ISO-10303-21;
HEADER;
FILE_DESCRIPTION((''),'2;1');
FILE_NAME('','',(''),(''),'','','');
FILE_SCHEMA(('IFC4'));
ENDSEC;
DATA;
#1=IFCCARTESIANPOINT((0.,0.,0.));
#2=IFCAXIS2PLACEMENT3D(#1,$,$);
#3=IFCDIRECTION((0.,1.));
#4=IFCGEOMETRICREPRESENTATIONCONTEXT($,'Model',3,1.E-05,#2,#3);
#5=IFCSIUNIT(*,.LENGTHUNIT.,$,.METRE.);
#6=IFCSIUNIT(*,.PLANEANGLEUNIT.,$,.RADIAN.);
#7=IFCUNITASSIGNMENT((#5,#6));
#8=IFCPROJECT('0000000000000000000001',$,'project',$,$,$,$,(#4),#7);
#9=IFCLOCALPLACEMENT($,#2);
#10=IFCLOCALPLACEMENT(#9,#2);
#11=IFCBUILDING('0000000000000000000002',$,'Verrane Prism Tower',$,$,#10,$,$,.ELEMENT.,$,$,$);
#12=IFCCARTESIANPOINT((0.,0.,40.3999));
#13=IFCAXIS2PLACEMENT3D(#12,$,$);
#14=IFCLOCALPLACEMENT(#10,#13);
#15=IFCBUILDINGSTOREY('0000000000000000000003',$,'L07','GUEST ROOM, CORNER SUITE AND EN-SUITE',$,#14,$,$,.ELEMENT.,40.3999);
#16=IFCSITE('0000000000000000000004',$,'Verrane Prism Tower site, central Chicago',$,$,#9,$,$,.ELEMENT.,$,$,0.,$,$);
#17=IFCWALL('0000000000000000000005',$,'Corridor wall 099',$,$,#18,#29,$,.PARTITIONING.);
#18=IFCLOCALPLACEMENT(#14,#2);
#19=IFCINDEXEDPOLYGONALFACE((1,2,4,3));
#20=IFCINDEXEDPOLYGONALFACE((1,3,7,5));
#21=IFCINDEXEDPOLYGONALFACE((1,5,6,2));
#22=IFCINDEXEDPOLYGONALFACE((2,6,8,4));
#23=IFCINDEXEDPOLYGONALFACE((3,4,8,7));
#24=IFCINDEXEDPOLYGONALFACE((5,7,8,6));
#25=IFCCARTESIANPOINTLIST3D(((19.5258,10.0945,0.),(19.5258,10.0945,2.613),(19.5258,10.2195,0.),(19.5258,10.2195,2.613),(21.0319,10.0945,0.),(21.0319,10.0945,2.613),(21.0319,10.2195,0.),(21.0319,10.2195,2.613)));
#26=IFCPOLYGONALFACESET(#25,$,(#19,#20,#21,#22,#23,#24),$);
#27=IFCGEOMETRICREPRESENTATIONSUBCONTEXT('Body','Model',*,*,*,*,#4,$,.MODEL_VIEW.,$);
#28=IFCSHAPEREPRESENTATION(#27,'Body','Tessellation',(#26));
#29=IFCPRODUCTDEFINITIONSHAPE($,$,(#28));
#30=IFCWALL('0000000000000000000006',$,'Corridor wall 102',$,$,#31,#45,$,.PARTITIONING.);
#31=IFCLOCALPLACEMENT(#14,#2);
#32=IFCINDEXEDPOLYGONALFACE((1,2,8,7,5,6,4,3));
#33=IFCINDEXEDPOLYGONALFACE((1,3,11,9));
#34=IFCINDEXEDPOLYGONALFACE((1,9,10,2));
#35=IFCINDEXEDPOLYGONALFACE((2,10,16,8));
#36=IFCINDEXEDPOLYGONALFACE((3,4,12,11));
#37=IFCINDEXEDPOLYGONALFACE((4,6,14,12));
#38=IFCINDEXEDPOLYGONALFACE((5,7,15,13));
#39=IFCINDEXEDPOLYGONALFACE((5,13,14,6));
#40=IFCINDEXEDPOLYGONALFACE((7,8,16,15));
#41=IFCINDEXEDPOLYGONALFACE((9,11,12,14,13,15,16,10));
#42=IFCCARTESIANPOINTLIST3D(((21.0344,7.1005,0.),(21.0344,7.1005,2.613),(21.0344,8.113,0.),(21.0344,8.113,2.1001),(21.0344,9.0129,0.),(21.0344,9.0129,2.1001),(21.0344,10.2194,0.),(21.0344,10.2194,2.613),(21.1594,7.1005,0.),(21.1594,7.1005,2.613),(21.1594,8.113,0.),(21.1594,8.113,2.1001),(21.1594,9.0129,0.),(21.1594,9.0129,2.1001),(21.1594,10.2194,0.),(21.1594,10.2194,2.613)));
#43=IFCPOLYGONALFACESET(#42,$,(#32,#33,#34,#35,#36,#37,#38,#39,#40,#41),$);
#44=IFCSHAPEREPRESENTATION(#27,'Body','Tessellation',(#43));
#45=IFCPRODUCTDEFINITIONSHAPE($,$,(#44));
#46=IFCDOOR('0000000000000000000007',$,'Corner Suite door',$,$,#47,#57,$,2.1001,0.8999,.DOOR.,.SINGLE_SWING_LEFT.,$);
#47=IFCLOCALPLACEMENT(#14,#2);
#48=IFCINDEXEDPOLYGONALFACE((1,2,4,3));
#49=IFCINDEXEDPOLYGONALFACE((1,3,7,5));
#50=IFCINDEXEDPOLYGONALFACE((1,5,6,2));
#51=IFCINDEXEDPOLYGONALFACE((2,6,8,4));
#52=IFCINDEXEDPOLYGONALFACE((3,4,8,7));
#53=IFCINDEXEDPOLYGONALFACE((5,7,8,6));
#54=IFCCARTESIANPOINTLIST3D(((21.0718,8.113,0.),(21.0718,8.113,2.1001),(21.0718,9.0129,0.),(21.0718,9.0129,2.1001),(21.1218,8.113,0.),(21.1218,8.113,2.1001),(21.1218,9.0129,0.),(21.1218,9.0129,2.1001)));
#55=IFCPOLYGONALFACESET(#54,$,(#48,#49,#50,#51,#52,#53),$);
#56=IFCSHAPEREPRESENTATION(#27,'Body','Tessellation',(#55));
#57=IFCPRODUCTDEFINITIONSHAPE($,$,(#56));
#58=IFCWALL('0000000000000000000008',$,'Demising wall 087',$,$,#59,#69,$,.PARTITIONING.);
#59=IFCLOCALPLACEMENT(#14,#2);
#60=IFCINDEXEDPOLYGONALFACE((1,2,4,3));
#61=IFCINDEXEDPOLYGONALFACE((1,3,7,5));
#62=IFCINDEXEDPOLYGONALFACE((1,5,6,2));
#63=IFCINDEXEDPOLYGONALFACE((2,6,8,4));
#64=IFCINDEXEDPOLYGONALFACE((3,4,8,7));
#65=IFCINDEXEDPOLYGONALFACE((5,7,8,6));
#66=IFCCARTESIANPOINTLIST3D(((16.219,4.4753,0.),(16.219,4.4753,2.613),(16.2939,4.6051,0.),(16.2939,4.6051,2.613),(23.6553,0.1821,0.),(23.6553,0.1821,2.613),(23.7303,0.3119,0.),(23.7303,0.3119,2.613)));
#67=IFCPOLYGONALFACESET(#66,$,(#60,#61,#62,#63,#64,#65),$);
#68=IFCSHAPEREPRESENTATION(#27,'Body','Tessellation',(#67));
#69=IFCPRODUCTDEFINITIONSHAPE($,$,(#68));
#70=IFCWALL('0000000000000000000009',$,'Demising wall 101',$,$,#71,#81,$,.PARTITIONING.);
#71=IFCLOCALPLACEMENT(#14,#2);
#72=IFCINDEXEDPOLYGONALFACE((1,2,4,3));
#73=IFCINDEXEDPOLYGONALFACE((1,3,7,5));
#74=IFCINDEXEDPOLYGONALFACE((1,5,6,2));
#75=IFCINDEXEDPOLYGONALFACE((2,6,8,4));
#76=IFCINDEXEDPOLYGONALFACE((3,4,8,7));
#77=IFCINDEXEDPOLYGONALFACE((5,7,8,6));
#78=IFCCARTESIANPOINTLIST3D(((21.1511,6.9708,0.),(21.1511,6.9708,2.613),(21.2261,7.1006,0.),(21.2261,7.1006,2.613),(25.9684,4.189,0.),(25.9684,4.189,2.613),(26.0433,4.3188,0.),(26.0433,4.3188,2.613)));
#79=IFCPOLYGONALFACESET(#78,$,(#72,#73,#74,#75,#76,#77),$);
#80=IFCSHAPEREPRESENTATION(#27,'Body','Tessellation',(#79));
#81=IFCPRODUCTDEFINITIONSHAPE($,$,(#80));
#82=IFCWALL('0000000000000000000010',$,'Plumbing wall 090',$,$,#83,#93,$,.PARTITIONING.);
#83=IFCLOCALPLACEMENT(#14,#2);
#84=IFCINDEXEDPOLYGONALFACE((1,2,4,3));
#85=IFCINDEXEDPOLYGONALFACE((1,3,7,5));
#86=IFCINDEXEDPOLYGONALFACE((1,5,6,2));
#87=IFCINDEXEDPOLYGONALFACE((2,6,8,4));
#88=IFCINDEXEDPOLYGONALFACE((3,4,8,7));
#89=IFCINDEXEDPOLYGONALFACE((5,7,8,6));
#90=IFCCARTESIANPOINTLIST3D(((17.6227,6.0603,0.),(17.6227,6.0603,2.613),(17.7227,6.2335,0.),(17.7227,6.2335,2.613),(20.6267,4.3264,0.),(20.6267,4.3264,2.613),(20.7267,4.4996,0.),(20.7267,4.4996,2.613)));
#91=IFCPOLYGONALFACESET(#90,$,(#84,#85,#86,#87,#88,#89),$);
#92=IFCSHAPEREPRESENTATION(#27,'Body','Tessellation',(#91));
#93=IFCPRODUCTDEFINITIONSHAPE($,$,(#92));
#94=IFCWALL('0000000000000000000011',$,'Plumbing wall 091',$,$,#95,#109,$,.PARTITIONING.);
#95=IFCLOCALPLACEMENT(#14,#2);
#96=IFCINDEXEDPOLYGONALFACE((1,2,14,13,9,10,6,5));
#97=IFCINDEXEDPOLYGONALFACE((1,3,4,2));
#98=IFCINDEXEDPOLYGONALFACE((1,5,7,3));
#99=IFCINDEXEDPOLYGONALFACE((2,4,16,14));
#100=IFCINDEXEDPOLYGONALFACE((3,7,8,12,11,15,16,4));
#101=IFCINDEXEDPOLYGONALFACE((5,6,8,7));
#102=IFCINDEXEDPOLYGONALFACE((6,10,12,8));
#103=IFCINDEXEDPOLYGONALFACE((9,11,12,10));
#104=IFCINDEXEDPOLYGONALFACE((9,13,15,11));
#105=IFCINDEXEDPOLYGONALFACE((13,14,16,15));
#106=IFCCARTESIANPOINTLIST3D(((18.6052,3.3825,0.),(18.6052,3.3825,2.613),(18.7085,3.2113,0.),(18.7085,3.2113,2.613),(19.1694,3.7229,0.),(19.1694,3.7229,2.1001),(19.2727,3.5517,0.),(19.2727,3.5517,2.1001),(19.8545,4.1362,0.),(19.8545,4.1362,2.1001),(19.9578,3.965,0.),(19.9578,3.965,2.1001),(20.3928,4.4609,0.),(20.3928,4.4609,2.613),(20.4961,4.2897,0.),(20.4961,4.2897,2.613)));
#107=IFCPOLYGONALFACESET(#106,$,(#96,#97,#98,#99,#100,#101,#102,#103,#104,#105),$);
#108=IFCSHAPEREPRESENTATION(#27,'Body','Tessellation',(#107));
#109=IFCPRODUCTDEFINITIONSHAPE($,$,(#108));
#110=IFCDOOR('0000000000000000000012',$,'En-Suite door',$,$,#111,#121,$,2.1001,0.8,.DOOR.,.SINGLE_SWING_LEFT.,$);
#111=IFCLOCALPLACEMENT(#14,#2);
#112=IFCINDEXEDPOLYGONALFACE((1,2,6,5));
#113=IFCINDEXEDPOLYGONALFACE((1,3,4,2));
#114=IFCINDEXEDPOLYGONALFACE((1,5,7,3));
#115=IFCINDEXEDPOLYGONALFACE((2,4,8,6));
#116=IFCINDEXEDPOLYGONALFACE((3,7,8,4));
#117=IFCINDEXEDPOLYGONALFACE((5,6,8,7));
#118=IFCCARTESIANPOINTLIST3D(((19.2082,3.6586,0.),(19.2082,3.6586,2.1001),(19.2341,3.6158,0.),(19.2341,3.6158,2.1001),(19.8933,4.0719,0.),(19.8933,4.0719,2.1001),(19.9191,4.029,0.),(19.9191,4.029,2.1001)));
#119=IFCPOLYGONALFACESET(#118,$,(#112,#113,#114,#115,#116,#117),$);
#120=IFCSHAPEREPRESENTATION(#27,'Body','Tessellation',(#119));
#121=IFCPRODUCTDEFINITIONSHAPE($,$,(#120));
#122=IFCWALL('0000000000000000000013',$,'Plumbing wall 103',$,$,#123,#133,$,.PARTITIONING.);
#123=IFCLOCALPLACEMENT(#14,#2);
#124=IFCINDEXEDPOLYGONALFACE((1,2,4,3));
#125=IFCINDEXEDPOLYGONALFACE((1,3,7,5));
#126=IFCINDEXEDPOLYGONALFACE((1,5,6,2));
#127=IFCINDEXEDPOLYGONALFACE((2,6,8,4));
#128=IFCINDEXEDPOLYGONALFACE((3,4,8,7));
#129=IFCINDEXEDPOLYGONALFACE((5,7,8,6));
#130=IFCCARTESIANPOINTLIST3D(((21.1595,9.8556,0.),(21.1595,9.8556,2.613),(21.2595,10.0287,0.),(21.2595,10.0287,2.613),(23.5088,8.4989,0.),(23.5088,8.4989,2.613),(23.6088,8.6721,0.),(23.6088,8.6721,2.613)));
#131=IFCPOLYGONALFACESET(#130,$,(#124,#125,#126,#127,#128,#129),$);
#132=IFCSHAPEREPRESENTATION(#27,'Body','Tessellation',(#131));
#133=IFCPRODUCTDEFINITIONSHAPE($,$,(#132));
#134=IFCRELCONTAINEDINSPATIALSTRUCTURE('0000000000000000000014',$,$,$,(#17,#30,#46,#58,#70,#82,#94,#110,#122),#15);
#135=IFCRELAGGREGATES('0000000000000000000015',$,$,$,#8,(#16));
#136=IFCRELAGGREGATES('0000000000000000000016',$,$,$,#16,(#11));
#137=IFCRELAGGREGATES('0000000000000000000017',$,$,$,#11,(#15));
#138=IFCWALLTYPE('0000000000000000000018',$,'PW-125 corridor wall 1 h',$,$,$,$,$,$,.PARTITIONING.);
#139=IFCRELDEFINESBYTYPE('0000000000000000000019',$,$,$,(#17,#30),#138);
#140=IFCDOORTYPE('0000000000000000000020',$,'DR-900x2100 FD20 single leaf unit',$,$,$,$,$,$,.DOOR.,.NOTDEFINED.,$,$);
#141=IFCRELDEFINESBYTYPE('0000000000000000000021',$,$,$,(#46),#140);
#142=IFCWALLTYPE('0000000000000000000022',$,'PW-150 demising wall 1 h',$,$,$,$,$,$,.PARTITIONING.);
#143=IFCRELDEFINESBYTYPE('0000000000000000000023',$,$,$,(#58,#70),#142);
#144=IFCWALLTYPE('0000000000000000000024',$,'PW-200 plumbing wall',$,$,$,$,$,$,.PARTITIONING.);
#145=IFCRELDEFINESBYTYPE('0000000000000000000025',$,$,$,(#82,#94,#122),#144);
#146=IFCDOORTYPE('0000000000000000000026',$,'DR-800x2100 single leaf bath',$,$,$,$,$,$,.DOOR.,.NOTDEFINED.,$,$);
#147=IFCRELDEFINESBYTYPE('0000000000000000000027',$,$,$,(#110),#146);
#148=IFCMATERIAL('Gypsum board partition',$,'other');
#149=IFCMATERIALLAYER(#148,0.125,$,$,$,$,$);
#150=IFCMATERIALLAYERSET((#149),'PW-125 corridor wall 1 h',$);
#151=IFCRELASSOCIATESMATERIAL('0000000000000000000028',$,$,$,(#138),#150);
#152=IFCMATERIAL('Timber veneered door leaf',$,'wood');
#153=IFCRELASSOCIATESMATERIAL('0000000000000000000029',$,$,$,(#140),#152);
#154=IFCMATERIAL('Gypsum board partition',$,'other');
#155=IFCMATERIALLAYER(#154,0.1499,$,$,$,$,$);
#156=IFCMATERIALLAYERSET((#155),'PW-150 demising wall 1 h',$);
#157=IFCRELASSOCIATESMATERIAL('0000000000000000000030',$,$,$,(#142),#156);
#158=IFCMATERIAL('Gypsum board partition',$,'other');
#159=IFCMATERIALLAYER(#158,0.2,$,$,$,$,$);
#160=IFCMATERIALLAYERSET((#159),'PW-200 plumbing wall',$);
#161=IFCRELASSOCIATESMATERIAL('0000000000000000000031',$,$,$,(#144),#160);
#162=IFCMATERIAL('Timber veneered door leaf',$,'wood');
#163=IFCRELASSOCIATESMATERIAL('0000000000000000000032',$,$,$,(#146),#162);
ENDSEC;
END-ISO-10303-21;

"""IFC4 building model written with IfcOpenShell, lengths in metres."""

from ifc_helpers import new_model, si_unit, direction, frame, frame_2d, origin, place, context, subcontext, project, spatial, rectangle, extrude, material, layer, layer_set, type_object, element, fill, save


model = new_model("IFC4")

# Units and contexts
model_context = context("Model", 3, precision=1e-05, world=origin(), true_north=direction((0.0, 1.0)))
body_context = subcontext(model_context, "Body", "Model", "MODEL_VIEW")
ifc_project = project(units=[si_unit("LENGTHUNIT", "METRE"), si_unit("PLANEANGLEUNIT", "RADIAN")], contexts=[model_context])

# Site, building, storey
site_placement = place(None, origin())
site = spatial("IfcSite", under=ifc_project, at=site_placement, Name="Verrane Prism Tower site, central Chicago", CompositionType="ELEMENT", RefElevation=0.0)
building_placement = place(site_placement, origin())
building = spatial("IfcBuilding", under=site, at=building_placement, Name="Verrane Prism Tower", CompositionType="ELEMENT")
storey_placement = place(building_placement, frame((0.0, 0.0, 40.3999)))
storey = spatial("IfcBuildingStorey", under=building, at=storey_placement, Name="L07", Description="GUEST ROOM, CORNER SUITE AND EN-SUITE", CompositionType="ELEMENT", Elevation=40.3999)

# Shared definitions
ifc_material_1 = material(Name="Gypsum board partition", Category="other")
ifc_layer_1 = layer(ifc_material_1, 0.125)
ifc_layer_set_1 = layer_set([ifc_layer_1], Name="PW-125 corridor wall 1 h")
wall_type_1 = type_object("IfcWallType", Name="PW-125 corridor wall 1 h", PredefinedType="PARTITIONING", material=ifc_layer_set_1)
ifc_material_2 = material(Name="Timber veneered door leaf", Category="wood")
door_type_1 = type_object("IfcDoorType", Name="DR-900x2100 FD20 single leaf unit", OperationType="NOTDEFINED", PredefinedType="DOOR", material=ifc_material_2)

# Wall
wall_1_placement = place(storey_placement, frame((19.5259, 10.157, 0.0), z_axis=(0.0, 0.0, 1.0), x_axis=(1.0, 0.0, 0.0)))
element("IfcWall", 1, at=wall_1_placement, inside=storey, type_object=wall_type_1, Name="Corridor wall 099", PredefinedType="PARTITIONING", context=body_context, shape_type="SweptSolid", body=[
    extrude(rectangle(XDim=1.5061, YDim=0.125, at=frame_2d((0.7529, 0.0))), origin(), (0.0, 0.0, 1.0), 2.613),
])

# Wall, opening, door
wall_2_placement = place(storey_placement, frame((21.0969, 10.2195, 0.0), z_axis=(0.0, 0.0, 1.0), x_axis=(0.0, -1.0, 0.0)))
wall_2 = element("IfcWall", 2, at=wall_2_placement, inside=storey, type_object=wall_type_1, Name="Corridor wall 102", PredefinedType="PARTITIONING", context=body_context, shape_type="SweptSolid", body=[
    extrude(rectangle(XDim=3.1189, YDim=0.125, at=frame_2d((1.5596, 0.0))), origin(), (0.0, 0.0, 1.0), 2.613),
])
opening_1_placement = place(wall_2_placement, frame((1.2065, 0.0, 0.0)))
opening_1 = element("IfcOpeningElement", 3, at=opening_1_placement, cuts=wall_2, PredefinedType="OPENING", context=body_context, shape_type="SweptSolid", body=[
    extrude(rectangle(XDim=0.8999, YDim=2.1001, at=frame_2d((0.45, 1.05))), frame((0.0, 0.0725, 0.0), z_axis=(0.0, -1.0, 0.0), x_axis=(1.0, 0.0, 0.0)), (0.0, 0.0, 1.0), 0.145),
])
door_1_placement = place(opening_1_placement, origin())
door_1 = element("IfcDoor", 4, at=door_1_placement, inside=storey, type_object=door_type_1, Name="Corner Suite door", OperationType="SINGLE_SWING_LEFT", OverallHeight=2.1001, OverallWidth=0.8999, PredefinedType="DOOR", context=body_context, shape_type="SweptSolid", body=[
    extrude(rectangle(XDim=0.8999, YDim=2.1001, at=frame_2d((0.45, 1.05))), frame((0.0, 0.0249, 0.0), z_axis=(0.0, -1.0, 0.0), x_axis=(1.0, 0.0, 0.0)), (0.0, 0.0, 1.0), 0.05),
])
fill(opening_1, door_1)

# Walls
ifc_material_3 = material(Name="Gypsum board partition", Category="other")
ifc_layer_2 = layer(ifc_material_3, 0.1499)
ifc_layer_set_2 = layer_set([ifc_layer_2], Name="PW-150 demising wall 1 h")
wall_type_2 = type_object("IfcWallType", Name="PW-150 demising wall 1 h", PredefinedType="PARTITIONING", material=ifc_layer_set_2)
wall_3_placement = place(storey_placement, frame((16.2563, 4.5403, 0.0), z_axis=(0.0, 0.0, 1.0), x_axis=(0.866032, -0.499989, 0.0)))
element("IfcWall", 5, at=wall_3_placement, inside=storey, type_object=wall_type_2, Name="Demising wall 087", PredefinedType="PARTITIONING", context=body_context, shape_type="SweptSolid", body=[
    extrude(rectangle(XDim=8.5867, YDim=0.1499, at=frame_2d((4.2935, 0.0))), origin(), (0.0, 0.0, 1.0), 2.613),
])
wall_4_placement = place(storey_placement, frame((21.1887, 7.0356, 0.0), z_axis=(0.0, 0.0, 1.0), x_axis=(0.865982, -0.500076, 0.0)))
element("IfcWall", 6, at=wall_4_placement, inside=storey, type_object=wall_type_2, Name="Demising wall 101", PredefinedType="PARTITIONING", context=body_context, shape_type="SweptSolid", body=[
    extrude(rectangle(XDim=5.5627, YDim=0.1499, at=frame_2d((2.7812, 0.0))), origin(), (0.0, 0.0, 1.0), 2.613),
])
ifc_material_4 = material(Name="Gypsum board partition", Category="other")
ifc_layer_3 = layer(ifc_material_4, 0.2)
ifc_layer_set_3 = layer_set([ifc_layer_3], Name="PW-200 plumbing wall")
wall_type_3 = type_object("IfcWallType", Name="PW-200 plumbing wall", PredefinedType="PARTITIONING", material=ifc_layer_set_3)
wall_5_placement = place(storey_placement, frame((17.6726, 6.147, 0.0), z_axis=(0.0, 0.0, 1.0), x_axis=(0.866078, -0.499909, 0.0)))
element("IfcWall", 7, at=wall_5_placement, inside=storey, type_object=wall_type_3, Name="Plumbing wall 090", PredefinedType="PARTITIONING", context=body_context, shape_type="SweptSolid", body=[
    extrude(rectangle(XDim=3.4685, YDim=0.2, at=frame_2d((1.7344, 0.0))), origin(), (0.0, 0.0, 1.0), 2.613),
])

# Wall, opening, door
wall_6_placement = place(storey_placement, frame((18.6567, 3.2969, 0.0), z_axis=(0.0, 0.0, 1.0), x_axis=(0.856263, 0.516541, 0.0)))
wall_6 = element("IfcWall", 8, at=wall_6_placement, inside=storey, type_object=wall_type_3, Name="Plumbing wall 091", PredefinedType="PARTITIONING", context=body_context, shape_type="SweptSolid", body=[
    extrude(rectangle(XDim=2.0876, YDim=0.2, at=frame_2d((1.0439, 0.0))), origin(), (0.0, 0.0, 1.0), 2.613),
])
opening_2_placement = place(wall_6_placement, frame((0.6592, 0.0, 0.0)))
opening_2 = element("IfcOpeningElement", 9, at=opening_2_placement, cuts=wall_6, PredefinedType="OPENING", context=body_context, shape_type="SweptSolid", body=[
    extrude(rectangle(XDim=0.8, YDim=2.1001, at=frame_2d((0.3999, 1.05))), frame((0.0, 0.1099, 0.0), z_axis=(0.0, -1.0, 0.0), x_axis=(1.0, 0.0, 0.0)), (0.0, 0.0, 1.0), 0.22),
])
ifc_material_5 = material(Name="Timber veneered door leaf", Category="wood")
door_type_2 = type_object("IfcDoorType", Name="DR-800x2100 single leaf bath", OperationType="NOTDEFINED", PredefinedType="DOOR", material=ifc_material_5)
door_2_placement = place(opening_2_placement, origin())
door_2 = element("IfcDoor", 10, at=door_2_placement, inside=storey, type_object=door_type_2, Name="En-Suite door", OperationType="SINGLE_SWING_LEFT", OverallHeight=2.1001, OverallWidth=0.8, PredefinedType="DOOR", context=body_context, shape_type="SweptSolid", body=[
    extrude(rectangle(XDim=0.8, YDim=2.1001, at=frame_2d((0.3999, 1.05))), frame((0.0, 0.0249, 0.0), z_axis=(0.0, -1.0, 0.0), x_axis=(1.0, 0.0, 0.0)), (0.0, 0.0, 1.0), 0.05),
])
fill(opening_2, door_2)

# Wall
wall_7_placement = place(storey_placement, frame((21.2095, 9.9421, 0.0), z_axis=(0.0, 0.0, 1.0), x_axis=(0.86598, -0.500078, 0.0)))
element("IfcWall", 11, at=wall_7_placement, inside=storey, type_object=wall_type_3, Name="Plumbing wall 103", PredefinedType="PARTITIONING", context=body_context, shape_type="SweptSolid", body=[
    extrude(rectangle(XDim=2.7129, YDim=0.2, at=frame_2d((1.3564, 0.0))), origin(), (0.0, 0.0, 1.0), 2.613),
])

save(model, "model.ifc")
